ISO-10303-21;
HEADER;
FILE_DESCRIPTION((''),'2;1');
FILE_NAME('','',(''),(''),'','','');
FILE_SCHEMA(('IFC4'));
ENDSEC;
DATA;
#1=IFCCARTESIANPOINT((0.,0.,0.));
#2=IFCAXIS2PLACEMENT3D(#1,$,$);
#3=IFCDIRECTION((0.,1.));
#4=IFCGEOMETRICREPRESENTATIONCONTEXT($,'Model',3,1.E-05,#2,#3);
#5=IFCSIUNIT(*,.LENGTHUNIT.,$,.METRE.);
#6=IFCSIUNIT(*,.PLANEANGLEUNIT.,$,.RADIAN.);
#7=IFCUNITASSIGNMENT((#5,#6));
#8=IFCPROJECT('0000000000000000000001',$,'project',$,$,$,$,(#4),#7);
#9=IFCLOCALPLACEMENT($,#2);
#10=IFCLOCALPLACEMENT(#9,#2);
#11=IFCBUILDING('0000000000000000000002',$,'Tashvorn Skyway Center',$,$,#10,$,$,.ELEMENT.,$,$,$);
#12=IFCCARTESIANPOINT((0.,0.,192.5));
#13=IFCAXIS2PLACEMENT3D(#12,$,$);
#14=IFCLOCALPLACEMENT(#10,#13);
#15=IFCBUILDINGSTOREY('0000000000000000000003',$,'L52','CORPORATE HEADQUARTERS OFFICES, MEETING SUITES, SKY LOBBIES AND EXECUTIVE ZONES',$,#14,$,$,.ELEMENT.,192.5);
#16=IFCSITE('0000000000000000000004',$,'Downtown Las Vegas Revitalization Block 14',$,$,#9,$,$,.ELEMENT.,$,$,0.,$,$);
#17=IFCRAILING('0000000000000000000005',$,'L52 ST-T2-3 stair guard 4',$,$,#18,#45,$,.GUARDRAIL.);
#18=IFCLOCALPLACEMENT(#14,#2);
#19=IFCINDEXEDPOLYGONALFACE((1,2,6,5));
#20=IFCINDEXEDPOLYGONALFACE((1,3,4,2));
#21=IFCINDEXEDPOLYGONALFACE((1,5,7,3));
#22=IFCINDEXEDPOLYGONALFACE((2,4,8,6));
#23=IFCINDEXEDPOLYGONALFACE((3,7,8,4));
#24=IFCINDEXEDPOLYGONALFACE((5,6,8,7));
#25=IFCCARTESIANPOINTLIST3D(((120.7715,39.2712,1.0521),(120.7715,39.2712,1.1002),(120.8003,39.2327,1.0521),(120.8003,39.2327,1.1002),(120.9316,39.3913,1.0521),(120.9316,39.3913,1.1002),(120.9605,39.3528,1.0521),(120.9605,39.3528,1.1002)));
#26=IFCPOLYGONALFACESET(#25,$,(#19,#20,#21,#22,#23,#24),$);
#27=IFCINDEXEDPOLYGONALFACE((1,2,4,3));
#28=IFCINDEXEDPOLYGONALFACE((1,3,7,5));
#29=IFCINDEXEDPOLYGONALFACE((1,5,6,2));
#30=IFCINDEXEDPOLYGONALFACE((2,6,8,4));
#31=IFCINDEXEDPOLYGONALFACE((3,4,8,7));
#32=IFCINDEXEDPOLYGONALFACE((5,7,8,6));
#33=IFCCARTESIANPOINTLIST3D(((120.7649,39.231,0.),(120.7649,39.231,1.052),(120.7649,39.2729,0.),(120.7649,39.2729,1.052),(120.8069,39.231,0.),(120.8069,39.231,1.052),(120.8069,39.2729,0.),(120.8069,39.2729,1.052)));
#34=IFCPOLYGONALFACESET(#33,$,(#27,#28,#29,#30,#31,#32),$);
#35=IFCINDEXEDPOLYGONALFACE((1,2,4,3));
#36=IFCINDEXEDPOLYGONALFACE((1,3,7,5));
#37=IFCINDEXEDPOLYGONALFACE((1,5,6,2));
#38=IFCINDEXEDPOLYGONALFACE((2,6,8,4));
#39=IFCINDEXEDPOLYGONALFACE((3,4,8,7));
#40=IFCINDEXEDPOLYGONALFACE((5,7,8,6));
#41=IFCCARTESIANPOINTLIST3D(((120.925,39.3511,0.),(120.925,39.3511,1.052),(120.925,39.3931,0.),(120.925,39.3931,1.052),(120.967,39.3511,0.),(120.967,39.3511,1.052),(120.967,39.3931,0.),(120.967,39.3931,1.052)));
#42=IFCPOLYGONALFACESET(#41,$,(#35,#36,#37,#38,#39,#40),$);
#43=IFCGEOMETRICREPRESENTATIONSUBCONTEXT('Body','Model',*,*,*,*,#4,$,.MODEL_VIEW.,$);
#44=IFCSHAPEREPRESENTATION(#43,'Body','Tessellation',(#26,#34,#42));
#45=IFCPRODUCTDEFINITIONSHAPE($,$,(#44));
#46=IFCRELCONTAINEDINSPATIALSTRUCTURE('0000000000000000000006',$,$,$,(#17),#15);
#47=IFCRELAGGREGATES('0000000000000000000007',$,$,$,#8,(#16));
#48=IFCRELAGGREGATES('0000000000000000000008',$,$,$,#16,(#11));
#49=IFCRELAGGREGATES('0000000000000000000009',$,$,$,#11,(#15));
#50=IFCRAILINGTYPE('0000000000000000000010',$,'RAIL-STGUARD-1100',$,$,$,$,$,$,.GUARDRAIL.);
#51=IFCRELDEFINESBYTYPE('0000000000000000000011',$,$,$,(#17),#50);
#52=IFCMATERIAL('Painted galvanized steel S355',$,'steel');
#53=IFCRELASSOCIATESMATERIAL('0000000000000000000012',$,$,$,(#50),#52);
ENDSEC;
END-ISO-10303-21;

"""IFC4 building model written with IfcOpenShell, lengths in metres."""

from ifc_helpers import new_model, si_unit, direction, frame, origin, origin_2d, place, context, subcontext, project, spatial, rectangle, extrude, material, type_object, element, save


model = new_model("IFC4")

# Units and contexts
model_context = context("Model", 3, precision=1e-05, world=origin(), true_north=direction((0.0, 1.0)))
body_context = subcontext(model_context, "Body", "Model", "MODEL_VIEW")
ifc_project = project(units=[si_unit("LENGTHUNIT", "METRE"), si_unit("PLANEANGLEUNIT", "RADIAN")], contexts=[model_context])

# Site, building, storey
site_placement = place(None, origin())
site = spatial("IfcSite", under=ifc_project, at=site_placement, Name="Downtown Las Vegas Revitalization Block 14", CompositionType="ELEMENT", RefElevation=0.0)
building_placement = place(site_placement, origin())
building = spatial("IfcBuilding", under=site, at=building_placement, Name="Tashvorn Skyway Center", CompositionType="ELEMENT")
storey_placement = place(building_placement, frame((0.0, 0.0, 192.5)))
storey = spatial("IfcBuildingStorey", under=building, at=storey_placement, Name="L52", Description="CORPORATE HEADQUARTERS OFFICES, MEETING SUITES, SKY LOBBIES AND EXECUTIVE ZONES", CompositionType="ELEMENT", Elevation=192.5)

# Railing
ifc_material_1 = material(Name="Painted galvanized steel S355", Category="steel")
railing_type_1 = type_object("IfcRailingType", Name="RAIL-STGUARD-1100", PredefinedType="GUARDRAIL", material=ifc_material_1)
railing_1_placement = place(storey_placement, frame((120.7859, 39.252, 0.0)))
element("IfcRailing", 1, at=railing_1_placement, inside=storey, type_object=railing_type_1, Name="L52 ST-T2-3 stair guard 4", PredefinedType="GUARDRAIL", context=body_context, shape_type="SweptSolid", body=[
    extrude(rectangle(XDim=0.0481, YDim=0.0481, at=origin_2d()), frame((0.0, 0.0, 1.0762), z_axis=(0.8, 0.6, 0.0), x_axis=(-0.6, 0.8, 0.0)), (0.0, 0.0, 1.0), 0.2002),
    extrude(rectangle(XDim=0.042, YDim=0.042, at=origin_2d()), origin(), (0.0, 0.0, 1.0), 1.052),
    extrude(rectangle(XDim=0.042, YDim=0.042, at=origin_2d()), frame((0.1602, 0.1201, 0.0)), (0.0, 0.0, 1.0), 1.052),
])

save(model, "model.ifc")
